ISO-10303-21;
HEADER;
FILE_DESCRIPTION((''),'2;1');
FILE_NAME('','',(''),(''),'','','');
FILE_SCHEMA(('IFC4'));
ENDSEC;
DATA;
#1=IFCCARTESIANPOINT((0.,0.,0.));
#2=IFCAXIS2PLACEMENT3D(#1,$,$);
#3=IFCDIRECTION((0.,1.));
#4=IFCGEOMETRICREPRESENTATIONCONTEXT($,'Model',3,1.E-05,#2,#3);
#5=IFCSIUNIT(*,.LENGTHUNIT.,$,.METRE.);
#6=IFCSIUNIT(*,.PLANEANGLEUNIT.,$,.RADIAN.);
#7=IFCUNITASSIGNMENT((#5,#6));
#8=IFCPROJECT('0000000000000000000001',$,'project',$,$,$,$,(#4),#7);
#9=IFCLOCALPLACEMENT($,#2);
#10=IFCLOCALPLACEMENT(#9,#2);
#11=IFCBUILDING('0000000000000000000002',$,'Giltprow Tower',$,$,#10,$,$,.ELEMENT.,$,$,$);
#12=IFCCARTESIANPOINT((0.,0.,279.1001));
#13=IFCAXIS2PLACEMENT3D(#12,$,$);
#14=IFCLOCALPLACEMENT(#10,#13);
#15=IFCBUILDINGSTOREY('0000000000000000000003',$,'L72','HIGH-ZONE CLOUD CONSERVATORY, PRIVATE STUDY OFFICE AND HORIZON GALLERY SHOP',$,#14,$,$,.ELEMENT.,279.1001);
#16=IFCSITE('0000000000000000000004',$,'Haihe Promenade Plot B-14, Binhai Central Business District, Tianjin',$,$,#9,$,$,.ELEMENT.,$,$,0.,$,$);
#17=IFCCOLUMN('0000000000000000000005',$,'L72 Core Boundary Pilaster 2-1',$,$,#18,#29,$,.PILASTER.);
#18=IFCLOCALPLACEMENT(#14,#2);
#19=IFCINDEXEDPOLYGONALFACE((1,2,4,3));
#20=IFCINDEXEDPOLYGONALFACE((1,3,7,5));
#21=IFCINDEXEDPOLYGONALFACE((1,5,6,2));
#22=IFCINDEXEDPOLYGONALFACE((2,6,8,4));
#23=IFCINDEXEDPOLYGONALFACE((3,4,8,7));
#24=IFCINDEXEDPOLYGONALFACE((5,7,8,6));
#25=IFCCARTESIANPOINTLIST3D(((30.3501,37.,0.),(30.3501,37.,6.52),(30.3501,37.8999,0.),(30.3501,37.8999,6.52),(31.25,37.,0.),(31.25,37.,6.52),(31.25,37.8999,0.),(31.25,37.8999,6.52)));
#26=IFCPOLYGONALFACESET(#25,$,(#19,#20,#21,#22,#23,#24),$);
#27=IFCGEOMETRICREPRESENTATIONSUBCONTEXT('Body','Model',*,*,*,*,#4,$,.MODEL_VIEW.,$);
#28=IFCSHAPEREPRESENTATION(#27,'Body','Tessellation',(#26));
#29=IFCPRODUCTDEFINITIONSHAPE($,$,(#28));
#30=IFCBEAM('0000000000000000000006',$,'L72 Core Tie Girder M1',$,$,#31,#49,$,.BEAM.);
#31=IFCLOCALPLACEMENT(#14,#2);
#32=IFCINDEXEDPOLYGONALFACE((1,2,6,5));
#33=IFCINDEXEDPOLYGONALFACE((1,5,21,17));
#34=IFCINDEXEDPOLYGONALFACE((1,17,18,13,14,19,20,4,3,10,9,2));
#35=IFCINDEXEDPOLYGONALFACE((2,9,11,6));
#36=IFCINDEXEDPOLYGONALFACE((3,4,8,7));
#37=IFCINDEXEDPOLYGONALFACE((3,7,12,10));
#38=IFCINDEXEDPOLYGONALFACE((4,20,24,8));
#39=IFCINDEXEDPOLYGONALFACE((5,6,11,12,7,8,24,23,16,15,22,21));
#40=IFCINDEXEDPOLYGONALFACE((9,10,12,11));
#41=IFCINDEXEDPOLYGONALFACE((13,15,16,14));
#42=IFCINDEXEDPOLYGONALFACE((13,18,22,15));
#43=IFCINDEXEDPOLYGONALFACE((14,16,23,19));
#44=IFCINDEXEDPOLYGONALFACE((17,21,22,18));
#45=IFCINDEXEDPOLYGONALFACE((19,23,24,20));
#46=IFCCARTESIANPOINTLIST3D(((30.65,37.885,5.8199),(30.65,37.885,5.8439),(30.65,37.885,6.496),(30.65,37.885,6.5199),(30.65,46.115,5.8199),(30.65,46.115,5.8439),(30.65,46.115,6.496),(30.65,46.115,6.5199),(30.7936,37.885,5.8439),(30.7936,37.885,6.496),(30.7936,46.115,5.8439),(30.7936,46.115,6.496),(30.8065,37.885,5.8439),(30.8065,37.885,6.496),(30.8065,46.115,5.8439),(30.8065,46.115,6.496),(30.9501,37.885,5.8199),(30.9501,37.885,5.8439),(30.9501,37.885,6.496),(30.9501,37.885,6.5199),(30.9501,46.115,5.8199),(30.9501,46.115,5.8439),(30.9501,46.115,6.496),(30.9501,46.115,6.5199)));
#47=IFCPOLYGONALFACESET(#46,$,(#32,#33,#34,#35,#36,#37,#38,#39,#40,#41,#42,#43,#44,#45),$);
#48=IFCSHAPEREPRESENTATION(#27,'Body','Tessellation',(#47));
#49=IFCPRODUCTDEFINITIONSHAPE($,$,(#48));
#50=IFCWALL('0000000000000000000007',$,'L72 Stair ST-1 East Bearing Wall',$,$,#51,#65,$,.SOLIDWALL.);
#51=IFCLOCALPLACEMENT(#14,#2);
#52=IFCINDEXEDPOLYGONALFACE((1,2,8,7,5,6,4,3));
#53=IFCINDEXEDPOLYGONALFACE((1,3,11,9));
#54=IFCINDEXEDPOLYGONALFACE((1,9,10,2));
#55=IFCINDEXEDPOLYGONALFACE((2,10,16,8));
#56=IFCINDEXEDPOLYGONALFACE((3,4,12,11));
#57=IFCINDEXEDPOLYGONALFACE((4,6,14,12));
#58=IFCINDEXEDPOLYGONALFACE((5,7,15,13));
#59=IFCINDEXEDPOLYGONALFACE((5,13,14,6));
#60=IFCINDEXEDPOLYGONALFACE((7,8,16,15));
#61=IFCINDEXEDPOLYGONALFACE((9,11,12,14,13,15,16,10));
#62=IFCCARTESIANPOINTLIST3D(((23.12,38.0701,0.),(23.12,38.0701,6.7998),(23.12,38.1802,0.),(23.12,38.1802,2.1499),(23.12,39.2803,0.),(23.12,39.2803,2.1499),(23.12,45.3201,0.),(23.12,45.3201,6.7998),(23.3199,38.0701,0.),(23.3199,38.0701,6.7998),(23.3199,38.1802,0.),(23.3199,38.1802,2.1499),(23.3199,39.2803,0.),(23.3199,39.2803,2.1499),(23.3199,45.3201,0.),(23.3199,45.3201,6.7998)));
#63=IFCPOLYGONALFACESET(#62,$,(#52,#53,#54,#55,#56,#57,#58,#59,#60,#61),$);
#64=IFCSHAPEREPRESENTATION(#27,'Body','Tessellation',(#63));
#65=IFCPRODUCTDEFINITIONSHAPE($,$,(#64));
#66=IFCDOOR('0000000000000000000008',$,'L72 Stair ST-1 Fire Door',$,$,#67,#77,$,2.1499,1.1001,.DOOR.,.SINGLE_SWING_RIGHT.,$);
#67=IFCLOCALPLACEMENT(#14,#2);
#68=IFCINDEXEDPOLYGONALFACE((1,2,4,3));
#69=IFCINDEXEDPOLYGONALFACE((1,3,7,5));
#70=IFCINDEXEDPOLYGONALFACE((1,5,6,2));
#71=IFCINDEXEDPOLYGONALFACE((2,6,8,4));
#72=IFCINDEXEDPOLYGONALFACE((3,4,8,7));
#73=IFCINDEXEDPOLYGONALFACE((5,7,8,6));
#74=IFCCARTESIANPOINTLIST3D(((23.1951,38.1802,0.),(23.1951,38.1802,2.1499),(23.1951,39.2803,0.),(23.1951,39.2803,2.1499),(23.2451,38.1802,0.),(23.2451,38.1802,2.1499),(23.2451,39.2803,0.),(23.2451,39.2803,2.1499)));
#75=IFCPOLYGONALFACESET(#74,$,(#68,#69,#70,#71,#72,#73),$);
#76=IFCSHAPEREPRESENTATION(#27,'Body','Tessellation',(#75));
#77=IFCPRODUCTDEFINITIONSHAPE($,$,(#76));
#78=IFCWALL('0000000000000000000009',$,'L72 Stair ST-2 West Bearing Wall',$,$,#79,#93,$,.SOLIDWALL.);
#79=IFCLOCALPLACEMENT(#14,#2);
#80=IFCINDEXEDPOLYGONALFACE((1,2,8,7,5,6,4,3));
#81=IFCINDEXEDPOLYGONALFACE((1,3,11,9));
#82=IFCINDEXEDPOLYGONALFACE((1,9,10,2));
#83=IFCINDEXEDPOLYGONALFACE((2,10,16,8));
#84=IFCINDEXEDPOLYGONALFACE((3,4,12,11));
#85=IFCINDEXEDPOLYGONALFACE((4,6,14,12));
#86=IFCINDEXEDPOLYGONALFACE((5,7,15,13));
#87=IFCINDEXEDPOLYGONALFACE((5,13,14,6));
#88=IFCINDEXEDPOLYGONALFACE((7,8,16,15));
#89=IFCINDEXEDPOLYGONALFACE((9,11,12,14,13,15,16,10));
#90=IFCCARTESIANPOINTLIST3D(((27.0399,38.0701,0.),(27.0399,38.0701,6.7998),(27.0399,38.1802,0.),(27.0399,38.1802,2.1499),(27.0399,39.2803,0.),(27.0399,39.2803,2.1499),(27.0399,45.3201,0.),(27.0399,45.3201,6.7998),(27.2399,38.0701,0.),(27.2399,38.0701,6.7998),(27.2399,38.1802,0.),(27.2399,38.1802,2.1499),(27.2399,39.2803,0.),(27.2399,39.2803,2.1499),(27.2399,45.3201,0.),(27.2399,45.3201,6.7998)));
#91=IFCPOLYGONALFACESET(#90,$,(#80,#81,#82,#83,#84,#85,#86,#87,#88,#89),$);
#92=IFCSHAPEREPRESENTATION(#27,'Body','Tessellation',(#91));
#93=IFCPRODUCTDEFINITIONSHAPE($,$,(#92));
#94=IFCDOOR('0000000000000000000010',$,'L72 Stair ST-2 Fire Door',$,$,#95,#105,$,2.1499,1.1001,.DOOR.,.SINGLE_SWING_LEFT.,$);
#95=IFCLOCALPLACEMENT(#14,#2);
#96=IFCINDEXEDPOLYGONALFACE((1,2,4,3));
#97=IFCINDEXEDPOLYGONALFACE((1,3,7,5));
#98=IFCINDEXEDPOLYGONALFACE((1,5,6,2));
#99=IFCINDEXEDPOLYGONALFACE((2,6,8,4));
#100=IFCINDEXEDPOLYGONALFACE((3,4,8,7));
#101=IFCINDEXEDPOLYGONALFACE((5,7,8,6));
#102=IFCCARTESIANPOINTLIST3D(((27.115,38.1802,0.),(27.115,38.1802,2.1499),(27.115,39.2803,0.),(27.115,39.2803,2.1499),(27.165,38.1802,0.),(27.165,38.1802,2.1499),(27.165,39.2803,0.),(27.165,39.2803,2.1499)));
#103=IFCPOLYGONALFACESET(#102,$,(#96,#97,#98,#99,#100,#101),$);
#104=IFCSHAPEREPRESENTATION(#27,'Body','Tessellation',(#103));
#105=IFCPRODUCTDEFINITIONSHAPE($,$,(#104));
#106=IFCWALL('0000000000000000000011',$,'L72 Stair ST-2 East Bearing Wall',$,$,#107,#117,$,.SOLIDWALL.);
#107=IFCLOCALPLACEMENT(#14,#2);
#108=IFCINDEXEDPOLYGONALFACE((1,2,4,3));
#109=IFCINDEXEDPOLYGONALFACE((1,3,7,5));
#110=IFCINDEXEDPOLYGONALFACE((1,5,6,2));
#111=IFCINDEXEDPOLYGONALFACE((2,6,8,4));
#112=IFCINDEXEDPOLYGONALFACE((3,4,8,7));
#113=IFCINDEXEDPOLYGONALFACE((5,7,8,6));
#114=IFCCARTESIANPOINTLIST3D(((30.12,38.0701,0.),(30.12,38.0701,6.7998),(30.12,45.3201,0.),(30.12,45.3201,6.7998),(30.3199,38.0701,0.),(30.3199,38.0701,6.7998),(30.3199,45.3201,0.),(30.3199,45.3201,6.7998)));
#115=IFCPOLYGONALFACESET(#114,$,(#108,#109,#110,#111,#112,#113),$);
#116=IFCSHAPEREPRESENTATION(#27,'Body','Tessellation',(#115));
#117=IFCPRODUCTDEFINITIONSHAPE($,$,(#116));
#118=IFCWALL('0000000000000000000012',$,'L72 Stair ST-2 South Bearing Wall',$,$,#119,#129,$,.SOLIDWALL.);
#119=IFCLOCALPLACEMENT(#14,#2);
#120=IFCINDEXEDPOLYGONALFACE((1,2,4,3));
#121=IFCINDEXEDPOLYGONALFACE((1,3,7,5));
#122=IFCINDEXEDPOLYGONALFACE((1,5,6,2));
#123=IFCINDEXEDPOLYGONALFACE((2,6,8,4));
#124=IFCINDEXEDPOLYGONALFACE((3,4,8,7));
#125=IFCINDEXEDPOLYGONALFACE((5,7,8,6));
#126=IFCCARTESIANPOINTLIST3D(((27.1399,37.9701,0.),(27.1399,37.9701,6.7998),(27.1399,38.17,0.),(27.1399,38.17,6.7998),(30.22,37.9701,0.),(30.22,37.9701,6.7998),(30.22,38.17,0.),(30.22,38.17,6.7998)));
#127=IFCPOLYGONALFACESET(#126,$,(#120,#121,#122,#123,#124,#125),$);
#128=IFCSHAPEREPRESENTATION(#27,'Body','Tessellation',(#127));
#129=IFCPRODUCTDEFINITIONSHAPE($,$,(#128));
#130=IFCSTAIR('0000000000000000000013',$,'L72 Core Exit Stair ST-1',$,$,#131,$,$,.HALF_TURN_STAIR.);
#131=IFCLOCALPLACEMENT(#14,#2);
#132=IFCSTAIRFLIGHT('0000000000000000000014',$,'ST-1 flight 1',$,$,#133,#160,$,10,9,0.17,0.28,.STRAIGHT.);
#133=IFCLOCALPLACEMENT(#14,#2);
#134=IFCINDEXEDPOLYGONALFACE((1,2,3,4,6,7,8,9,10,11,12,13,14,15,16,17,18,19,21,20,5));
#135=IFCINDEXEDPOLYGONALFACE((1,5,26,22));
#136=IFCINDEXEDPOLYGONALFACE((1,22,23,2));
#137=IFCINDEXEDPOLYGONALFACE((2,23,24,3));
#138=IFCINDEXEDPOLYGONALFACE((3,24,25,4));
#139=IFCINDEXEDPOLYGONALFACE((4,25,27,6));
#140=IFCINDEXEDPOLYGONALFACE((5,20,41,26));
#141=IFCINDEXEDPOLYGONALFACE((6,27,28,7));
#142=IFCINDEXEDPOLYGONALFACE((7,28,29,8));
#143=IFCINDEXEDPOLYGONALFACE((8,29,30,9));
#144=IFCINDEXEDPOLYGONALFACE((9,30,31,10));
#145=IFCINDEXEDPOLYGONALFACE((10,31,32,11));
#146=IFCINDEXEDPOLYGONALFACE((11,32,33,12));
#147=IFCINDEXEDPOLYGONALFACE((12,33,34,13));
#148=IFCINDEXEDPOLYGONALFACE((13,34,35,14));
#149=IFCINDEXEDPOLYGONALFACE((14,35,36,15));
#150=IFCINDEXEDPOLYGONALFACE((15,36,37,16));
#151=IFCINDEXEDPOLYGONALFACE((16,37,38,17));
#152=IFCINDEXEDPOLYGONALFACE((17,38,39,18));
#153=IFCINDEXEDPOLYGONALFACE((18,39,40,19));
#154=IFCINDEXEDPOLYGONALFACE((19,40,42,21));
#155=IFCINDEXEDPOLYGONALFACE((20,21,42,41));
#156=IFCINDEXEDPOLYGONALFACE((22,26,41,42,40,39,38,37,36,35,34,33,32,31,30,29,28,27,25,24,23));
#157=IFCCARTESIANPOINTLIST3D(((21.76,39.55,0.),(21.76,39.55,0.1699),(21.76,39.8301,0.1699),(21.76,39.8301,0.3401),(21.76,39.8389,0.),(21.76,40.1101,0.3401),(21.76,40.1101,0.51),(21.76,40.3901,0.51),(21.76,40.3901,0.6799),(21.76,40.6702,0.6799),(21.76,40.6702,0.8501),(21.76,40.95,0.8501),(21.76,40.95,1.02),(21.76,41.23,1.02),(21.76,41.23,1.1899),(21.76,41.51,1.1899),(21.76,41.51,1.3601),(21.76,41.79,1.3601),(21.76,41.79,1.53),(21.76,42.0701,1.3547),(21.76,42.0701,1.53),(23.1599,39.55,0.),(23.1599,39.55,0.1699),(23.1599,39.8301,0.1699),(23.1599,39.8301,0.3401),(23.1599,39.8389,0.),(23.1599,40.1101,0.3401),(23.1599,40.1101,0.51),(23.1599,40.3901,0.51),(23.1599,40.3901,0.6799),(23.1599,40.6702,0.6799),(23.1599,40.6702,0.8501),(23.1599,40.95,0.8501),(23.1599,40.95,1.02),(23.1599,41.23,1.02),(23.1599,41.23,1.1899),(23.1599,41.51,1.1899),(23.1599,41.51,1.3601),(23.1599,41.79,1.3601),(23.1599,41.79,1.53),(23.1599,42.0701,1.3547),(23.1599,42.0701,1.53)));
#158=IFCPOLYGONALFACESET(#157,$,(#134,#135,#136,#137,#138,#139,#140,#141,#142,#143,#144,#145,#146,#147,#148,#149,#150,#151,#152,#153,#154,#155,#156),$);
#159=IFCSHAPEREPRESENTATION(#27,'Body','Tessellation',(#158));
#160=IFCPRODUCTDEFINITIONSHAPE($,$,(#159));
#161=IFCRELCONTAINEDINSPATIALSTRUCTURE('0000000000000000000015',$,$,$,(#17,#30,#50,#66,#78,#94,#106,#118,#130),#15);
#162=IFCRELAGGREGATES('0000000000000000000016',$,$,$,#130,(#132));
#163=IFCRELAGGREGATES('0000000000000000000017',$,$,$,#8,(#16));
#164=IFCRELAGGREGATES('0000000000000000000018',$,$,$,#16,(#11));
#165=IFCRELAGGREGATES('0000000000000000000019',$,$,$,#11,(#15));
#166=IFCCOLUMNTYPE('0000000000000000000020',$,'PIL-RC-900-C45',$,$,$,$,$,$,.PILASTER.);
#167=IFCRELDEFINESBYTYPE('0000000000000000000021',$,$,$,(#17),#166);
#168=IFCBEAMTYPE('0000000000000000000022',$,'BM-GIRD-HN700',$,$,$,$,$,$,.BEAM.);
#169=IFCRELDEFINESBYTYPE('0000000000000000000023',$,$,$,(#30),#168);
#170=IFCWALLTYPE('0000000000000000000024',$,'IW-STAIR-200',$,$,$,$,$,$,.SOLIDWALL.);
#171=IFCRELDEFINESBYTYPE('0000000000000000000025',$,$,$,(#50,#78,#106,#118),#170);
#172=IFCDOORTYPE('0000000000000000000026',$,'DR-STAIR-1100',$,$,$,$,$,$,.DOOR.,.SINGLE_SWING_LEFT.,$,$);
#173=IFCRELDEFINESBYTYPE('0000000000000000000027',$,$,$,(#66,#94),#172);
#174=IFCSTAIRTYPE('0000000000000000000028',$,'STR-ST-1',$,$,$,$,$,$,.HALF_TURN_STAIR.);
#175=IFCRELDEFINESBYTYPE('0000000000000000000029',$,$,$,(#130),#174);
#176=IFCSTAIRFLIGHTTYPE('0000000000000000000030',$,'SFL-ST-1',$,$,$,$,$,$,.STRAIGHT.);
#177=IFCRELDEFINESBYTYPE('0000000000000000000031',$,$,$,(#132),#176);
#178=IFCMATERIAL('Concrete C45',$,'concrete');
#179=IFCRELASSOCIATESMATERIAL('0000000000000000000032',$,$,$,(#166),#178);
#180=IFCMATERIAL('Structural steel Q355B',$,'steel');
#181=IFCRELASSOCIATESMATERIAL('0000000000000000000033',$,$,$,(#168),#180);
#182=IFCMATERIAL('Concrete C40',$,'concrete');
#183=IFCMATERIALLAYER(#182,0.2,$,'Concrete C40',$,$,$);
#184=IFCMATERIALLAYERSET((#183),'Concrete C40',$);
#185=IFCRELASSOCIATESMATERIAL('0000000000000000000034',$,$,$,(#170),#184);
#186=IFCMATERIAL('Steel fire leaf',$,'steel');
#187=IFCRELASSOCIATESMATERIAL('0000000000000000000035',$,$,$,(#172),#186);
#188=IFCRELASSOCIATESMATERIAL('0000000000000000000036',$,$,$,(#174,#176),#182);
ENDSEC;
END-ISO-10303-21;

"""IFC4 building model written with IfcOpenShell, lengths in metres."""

from ifc_helpers import new_model, si_unit, direction, frame, frame_2d, origin, origin_2d, place, context, subcontext, project, spatial, polyline, rectangle, i_section, outline, extrude, source, transform, mapped, material, layer, layer_set, material_profile, profile_set, type_object, element, fill, aggregate, save


model = new_model("IFC4")

# Units and contexts
model_context = context("Model", 3, precision=1e-05, world=origin(), true_north=direction((0.0, 1.0)))
body_context = subcontext(model_context, "Body", "Model", "MODEL_VIEW")
ifc_project = project(units=[si_unit("LENGTHUNIT", "METRE"), si_unit("PLANEANGLEUNIT", "RADIAN")], contexts=[model_context])

# Site, building, storey
site_placement = place(None, origin())
site = spatial("IfcSite", under=ifc_project, at=site_placement, Name="Haihe Promenade Plot B-14, Binhai Central Business District, Tianjin", CompositionType="ELEMENT", RefElevation=0.0)
building_placement = place(site_placement, origin())
building = spatial("IfcBuilding", under=site, at=building_placement, Name="Giltprow Tower", CompositionType="ELEMENT")
storey_placement = place(building_placement, frame((0.0, 0.0, 279.1001)))
storey = spatial("IfcBuildingStorey", under=building, at=storey_placement, Name="L72", Description="HIGH-ZONE CLOUD CONSERVATORY, PRIVATE STUDY OFFICE AND HORIZON GALLERY SHOP", CompositionType="ELEMENT", Elevation=279.1001)

# Column
ifc_material_1 = material(Name="Concrete C45", Category="concrete")
ifc_material_profile_1 = material_profile(ifc_material_1, rectangle(XDim=0.8999, YDim=0.8999, at=origin_2d()), Name="RC 900x900")
ifc_profile_set_1 = profile_set([ifc_material_profile_1], Name="Concrete C45")
column_type = type_object("IfcColumnType", Name="PIL-RC-900-C45", PredefinedType="PILASTER", material=ifc_profile_set_1)
shared_shape_1 = source(origin(), body_context, "Body", "SweptSolid", [
    extrude(rectangle(XDim=0.8999, YDim=0.8999, at=origin_2d()), origin(), (0.0, 0.0, 1.0), 6.52),
])
column_placement = place(storey_placement, frame((30.8, 37.45, 0.0), z_axis=(0.0, 0.0, 1.0), x_axis=(1.0, 0.0, 0.0)))
element("IfcColumn", 1, at=column_placement, inside=storey, type_object=column_type, Name="L72 Core Boundary Pilaster 2-1", PredefinedType="PILASTER", context=body_context, shape_type="MappedRepresentation", body=[
    mapped(shared_shape_1, transform((0.0, 0.0, 0.0), x_axis=(1.0, 0.0, 0.0), y_axis=(0.0, 1.0, 0.0), z_axis=(0.0, 0.0, 1.0), scale=1.0)),
])

# Beam
ifc_material_2 = material(Name="Structural steel Q355B", Category="steel")
ifc_material_profile_2 = material_profile(ifc_material_2, i_section(OverallWidth=0.3, OverallDepth=0.7, WebThickness=0.0129, FlangeThickness=0.0239, at=origin_2d()), Name="HN 700x300x13x24")
ifc_profile_set_2 = profile_set([ifc_material_profile_2], Name="Structural steel Q355B")
beam_type = type_object("IfcBeamType", Name="BM-GIRD-HN700", PredefinedType="BEAM", material=ifc_profile_set_2)
shared_shape_2 = source(origin(), body_context, "Body", "SweptSolid", [
    extrude(i_section(OverallWidth=0.3, OverallDepth=0.7, WebThickness=0.0129, FlangeThickness=0.0239, at=origin_2d()), origin(), (0.0, 0.0, 1.0), 8.23),
])
beam_placement = place(storey_placement, frame((30.8, 37.885, 6.1699), z_axis=(0.0, 1.0, 0.0), x_axis=(-1.0, 0.0, 0.0)))
element("IfcBeam", 2, at=beam_placement, inside=storey, type_object=beam_type, Name="L72 Core Tie Girder M1", PredefinedType="BEAM", context=body_context, shape_type="MappedRepresentation", body=[
    mapped(shared_shape_2, transform((0.0, 0.0, 0.0), x_axis=(1.0, 0.0, 0.0), y_axis=(0.0, 1.0, 0.0), z_axis=(0.0, 0.0, 1.0), scale=1.0)),
])

# Walls, openings, doors
ifc_material_3 = material(Name="Concrete C40", Category="concrete")
ifc_layer = layer(ifc_material_3, 0.2, Name="Concrete C40")
ifc_layer_set = layer_set([ifc_layer], Name="Concrete C40")
wall_type = type_object("IfcWallType", Name="IW-STAIR-200", PredefinedType="SOLIDWALL", material=ifc_layer_set)
wall_1_placement = place(storey_placement, frame((23.22, 38.0701, 0.0), z_axis=(0.0, 0.0, 1.0), x_axis=(0.0, 1.0, 0.0)))
wall_1 = element("IfcWall", 3, at=wall_1_placement, inside=storey, type_object=wall_type, Name="L72 Stair ST-1 East Bearing Wall", PredefinedType="SOLIDWALL", context=body_context, shape_type="SweptSolid", body=[
    extrude(rectangle(XDim=7.25, YDim=0.2, at=frame_2d((3.625, 0.0))), origin(), (0.0, 0.0, 1.0), 6.7998),
])
opening_1_placement = place(wall_1_placement, frame((0.1101, 0.0, 0.0)))
opening_1 = element("IfcOpeningElement", 4, at=opening_1_placement, cuts=wall_1, PredefinedType="OPENING", context=body_context, shape_type="SweptSolid", body=[
    extrude(rectangle(XDim=1.1001, YDim=2.1499, at=frame_2d((0.55, 1.075))), frame((0.0, 0.1099, 0.0), z_axis=(0.0, -1.0, 0.0), x_axis=(1.0, 0.0, 0.0)), (0.0, 0.0, 1.0), 0.22),
])
ifc_material_4 = material(Name="Steel fire leaf", Category="steel")
door_type = type_object("IfcDoorType", Name="DR-STAIR-1100", OperationType="SINGLE_SWING_LEFT", PredefinedType="DOOR", material=ifc_material_4)
shared_shape_3 = source(origin(), body_context, "Body", "SweptSolid", [
    extrude(rectangle(XDim=1.1001, YDim=2.1499, at=frame_2d((0.55, 1.075))), frame((0.0, 0.0249, 0.0), z_axis=(0.0, -1.0, 0.0), x_axis=(1.0, 0.0, 0.0)), (0.0, 0.0, 1.0), 0.05),
])
door_1_placement = place(opening_1_placement, origin())
door_1 = element("IfcDoor", 5, at=door_1_placement, inside=storey, type_object=door_type, Name="L72 Stair ST-1 Fire Door", OperationType="SINGLE_SWING_RIGHT", OverallHeight=2.1499, OverallWidth=1.1001, PredefinedType="DOOR", context=body_context, shape_type="MappedRepresentation", body=[
    mapped(shared_shape_3, transform((0.0, 0.0, 0.0), x_axis=(1.0, 0.0, 0.0), y_axis=(0.0, 1.0, 0.0), z_axis=(0.0, 0.0, 1.0), scale=1.0)),
])
fill(opening_1, door_1)
wall_2_placement = place(storey_placement, frame((27.1399, 38.0701, 0.0), z_axis=(0.0, 0.0, 1.0), x_axis=(0.0, 1.0, 0.0)))
wall_2 = element("IfcWall", 6, at=wall_2_placement, inside=storey, type_object=wall_type, Name="L72 Stair ST-2 West Bearing Wall", PredefinedType="SOLIDWALL", context=body_context, shape_type="SweptSolid", body=[
    extrude(rectangle(XDim=7.25, YDim=0.2, at=frame_2d((3.625, 0.0))), origin(), (0.0, 0.0, 1.0), 6.7998),
])
opening_2_placement = place(wall_2_placement, frame((0.1101, 0.0, 0.0)))
opening_2 = element("IfcOpeningElement", 7, at=opening_2_placement, cuts=wall_2, PredefinedType="OPENING", context=body_context, shape_type="SweptSolid", body=[
    extrude(rectangle(XDim=1.1001, YDim=2.1499, at=frame_2d((0.55, 1.075))), frame((0.0, 0.1099, 0.0), z_axis=(0.0, -1.0, 0.0), x_axis=(1.0, 0.0, 0.0)), (0.0, 0.0, 1.0), 0.22),
])
door_2_placement = place(opening_2_placement, origin())
door_2 = element("IfcDoor", 8, at=door_2_placement, inside=storey, type_object=door_type, Name="L72 Stair ST-2 Fire Door", OperationType="SINGLE_SWING_LEFT", OverallHeight=2.1499, OverallWidth=1.1001, PredefinedType="DOOR", context=body_context, shape_type="MappedRepresentation", body=[
    mapped(shared_shape_3, transform((0.0, 0.0, 0.0), x_axis=(1.0, 0.0, 0.0), y_axis=(0.0, 1.0, 0.0), z_axis=(0.0, 0.0, 1.0), scale=1.0)),
])
fill(opening_2, door_2)

# Walls
wall_3_placement = place(storey_placement, frame((30.22, 38.0701, 0.0), z_axis=(0.0, 0.0, 1.0), x_axis=(0.0, 1.0, 0.0)))
element("IfcWall", 9, at=wall_3_placement, inside=storey, type_object=wall_type, Name="L72 Stair ST-2 East Bearing Wall", PredefinedType="SOLIDWALL", context=body_context, shape_type="SweptSolid", body=[
    extrude(rectangle(XDim=7.25, YDim=0.2, at=frame_2d((3.625, 0.0))), origin(), (0.0, 0.0, 1.0), 6.7998),
])
wall_4_placement = place(storey_placement, frame((27.1399, 38.0701, 0.0), z_axis=(0.0, 0.0, 1.0), x_axis=(1.0, 0.0, 0.0)))
element("IfcWall", 10, at=wall_4_placement, inside=storey, type_object=wall_type, Name="L72 Stair ST-2 South Bearing Wall", PredefinedType="SOLIDWALL", context=body_context, shape_type="SweptSolid", body=[
    extrude(rectangle(XDim=3.0801, YDim=0.2, at=frame_2d((1.54, 0.0))), origin(), (0.0, 0.0, 1.0), 6.7998),
])

# Stair, stair flight
stair_type = type_object("IfcStairType", Name="STR-ST-1", PredefinedType="HALF_TURN_STAIR", material=ifc_material_3)
stair_placement = place(storey_placement, origin())
stair = element("IfcStair", 11, at=stair_placement, inside=storey, type_object=stair_type, Name="L72 Core Exit Stair ST-1", PredefinedType="HALF_TURN_STAIR")
stair_flight_type = type_object("IfcStairFlightType", Name="SFL-ST-1", PredefinedType="STRAIGHT", material=ifc_material_3)
stair_flight_1_placement = place(storey_placement, frame((22.46, 39.55, 0.0), z_axis=(0.0, 0.0, 1.0), x_axis=(0.0, 1.0, 0.0)))
stair_flight_1 = element("IfcStairFlight", 12, at=stair_flight_1_placement, type_object=stair_flight_type, Name="ST-1 flight 1", NumberOfRisers=10, NumberOfTreads=9, PredefinedType="STRAIGHT", RiserHeight=0.17, TreadLength=0.28, context=body_context, shape_type="SweptSolid", body=[
    extrude(outline(polyline([(0.0, 0.0), (0.0, 0.1699), (0.28, 0.1699), (0.28, 0.3401), (0.5601, 0.3401), (0.5601, 0.51), (0.8401, 0.51), (0.8401, 0.6799), (1.1201, 0.6799), (1.1201, 0.8501), (1.3999, 0.8501), (1.3999, 1.02), (1.6799, 1.02), (1.6799, 1.1899), (1.96, 1.1899), (1.96, 1.3601), (2.24, 1.3601), (2.24, 1.53), (2.52, 1.53), (2.52, 1.7), (2.52, 1.3547), (0.2888, 0.0), (0.0, 0.0)])), frame((0.0, 0.7, 0.0), z_axis=(0.0, -1.0, 0.0), x_axis=(1.0, 0.0, 0.0)), (0.0, 0.0, 1.0), 1.3999),
])
aggregate(stair, [stair_flight_1])

save(model, "model.ifc")
